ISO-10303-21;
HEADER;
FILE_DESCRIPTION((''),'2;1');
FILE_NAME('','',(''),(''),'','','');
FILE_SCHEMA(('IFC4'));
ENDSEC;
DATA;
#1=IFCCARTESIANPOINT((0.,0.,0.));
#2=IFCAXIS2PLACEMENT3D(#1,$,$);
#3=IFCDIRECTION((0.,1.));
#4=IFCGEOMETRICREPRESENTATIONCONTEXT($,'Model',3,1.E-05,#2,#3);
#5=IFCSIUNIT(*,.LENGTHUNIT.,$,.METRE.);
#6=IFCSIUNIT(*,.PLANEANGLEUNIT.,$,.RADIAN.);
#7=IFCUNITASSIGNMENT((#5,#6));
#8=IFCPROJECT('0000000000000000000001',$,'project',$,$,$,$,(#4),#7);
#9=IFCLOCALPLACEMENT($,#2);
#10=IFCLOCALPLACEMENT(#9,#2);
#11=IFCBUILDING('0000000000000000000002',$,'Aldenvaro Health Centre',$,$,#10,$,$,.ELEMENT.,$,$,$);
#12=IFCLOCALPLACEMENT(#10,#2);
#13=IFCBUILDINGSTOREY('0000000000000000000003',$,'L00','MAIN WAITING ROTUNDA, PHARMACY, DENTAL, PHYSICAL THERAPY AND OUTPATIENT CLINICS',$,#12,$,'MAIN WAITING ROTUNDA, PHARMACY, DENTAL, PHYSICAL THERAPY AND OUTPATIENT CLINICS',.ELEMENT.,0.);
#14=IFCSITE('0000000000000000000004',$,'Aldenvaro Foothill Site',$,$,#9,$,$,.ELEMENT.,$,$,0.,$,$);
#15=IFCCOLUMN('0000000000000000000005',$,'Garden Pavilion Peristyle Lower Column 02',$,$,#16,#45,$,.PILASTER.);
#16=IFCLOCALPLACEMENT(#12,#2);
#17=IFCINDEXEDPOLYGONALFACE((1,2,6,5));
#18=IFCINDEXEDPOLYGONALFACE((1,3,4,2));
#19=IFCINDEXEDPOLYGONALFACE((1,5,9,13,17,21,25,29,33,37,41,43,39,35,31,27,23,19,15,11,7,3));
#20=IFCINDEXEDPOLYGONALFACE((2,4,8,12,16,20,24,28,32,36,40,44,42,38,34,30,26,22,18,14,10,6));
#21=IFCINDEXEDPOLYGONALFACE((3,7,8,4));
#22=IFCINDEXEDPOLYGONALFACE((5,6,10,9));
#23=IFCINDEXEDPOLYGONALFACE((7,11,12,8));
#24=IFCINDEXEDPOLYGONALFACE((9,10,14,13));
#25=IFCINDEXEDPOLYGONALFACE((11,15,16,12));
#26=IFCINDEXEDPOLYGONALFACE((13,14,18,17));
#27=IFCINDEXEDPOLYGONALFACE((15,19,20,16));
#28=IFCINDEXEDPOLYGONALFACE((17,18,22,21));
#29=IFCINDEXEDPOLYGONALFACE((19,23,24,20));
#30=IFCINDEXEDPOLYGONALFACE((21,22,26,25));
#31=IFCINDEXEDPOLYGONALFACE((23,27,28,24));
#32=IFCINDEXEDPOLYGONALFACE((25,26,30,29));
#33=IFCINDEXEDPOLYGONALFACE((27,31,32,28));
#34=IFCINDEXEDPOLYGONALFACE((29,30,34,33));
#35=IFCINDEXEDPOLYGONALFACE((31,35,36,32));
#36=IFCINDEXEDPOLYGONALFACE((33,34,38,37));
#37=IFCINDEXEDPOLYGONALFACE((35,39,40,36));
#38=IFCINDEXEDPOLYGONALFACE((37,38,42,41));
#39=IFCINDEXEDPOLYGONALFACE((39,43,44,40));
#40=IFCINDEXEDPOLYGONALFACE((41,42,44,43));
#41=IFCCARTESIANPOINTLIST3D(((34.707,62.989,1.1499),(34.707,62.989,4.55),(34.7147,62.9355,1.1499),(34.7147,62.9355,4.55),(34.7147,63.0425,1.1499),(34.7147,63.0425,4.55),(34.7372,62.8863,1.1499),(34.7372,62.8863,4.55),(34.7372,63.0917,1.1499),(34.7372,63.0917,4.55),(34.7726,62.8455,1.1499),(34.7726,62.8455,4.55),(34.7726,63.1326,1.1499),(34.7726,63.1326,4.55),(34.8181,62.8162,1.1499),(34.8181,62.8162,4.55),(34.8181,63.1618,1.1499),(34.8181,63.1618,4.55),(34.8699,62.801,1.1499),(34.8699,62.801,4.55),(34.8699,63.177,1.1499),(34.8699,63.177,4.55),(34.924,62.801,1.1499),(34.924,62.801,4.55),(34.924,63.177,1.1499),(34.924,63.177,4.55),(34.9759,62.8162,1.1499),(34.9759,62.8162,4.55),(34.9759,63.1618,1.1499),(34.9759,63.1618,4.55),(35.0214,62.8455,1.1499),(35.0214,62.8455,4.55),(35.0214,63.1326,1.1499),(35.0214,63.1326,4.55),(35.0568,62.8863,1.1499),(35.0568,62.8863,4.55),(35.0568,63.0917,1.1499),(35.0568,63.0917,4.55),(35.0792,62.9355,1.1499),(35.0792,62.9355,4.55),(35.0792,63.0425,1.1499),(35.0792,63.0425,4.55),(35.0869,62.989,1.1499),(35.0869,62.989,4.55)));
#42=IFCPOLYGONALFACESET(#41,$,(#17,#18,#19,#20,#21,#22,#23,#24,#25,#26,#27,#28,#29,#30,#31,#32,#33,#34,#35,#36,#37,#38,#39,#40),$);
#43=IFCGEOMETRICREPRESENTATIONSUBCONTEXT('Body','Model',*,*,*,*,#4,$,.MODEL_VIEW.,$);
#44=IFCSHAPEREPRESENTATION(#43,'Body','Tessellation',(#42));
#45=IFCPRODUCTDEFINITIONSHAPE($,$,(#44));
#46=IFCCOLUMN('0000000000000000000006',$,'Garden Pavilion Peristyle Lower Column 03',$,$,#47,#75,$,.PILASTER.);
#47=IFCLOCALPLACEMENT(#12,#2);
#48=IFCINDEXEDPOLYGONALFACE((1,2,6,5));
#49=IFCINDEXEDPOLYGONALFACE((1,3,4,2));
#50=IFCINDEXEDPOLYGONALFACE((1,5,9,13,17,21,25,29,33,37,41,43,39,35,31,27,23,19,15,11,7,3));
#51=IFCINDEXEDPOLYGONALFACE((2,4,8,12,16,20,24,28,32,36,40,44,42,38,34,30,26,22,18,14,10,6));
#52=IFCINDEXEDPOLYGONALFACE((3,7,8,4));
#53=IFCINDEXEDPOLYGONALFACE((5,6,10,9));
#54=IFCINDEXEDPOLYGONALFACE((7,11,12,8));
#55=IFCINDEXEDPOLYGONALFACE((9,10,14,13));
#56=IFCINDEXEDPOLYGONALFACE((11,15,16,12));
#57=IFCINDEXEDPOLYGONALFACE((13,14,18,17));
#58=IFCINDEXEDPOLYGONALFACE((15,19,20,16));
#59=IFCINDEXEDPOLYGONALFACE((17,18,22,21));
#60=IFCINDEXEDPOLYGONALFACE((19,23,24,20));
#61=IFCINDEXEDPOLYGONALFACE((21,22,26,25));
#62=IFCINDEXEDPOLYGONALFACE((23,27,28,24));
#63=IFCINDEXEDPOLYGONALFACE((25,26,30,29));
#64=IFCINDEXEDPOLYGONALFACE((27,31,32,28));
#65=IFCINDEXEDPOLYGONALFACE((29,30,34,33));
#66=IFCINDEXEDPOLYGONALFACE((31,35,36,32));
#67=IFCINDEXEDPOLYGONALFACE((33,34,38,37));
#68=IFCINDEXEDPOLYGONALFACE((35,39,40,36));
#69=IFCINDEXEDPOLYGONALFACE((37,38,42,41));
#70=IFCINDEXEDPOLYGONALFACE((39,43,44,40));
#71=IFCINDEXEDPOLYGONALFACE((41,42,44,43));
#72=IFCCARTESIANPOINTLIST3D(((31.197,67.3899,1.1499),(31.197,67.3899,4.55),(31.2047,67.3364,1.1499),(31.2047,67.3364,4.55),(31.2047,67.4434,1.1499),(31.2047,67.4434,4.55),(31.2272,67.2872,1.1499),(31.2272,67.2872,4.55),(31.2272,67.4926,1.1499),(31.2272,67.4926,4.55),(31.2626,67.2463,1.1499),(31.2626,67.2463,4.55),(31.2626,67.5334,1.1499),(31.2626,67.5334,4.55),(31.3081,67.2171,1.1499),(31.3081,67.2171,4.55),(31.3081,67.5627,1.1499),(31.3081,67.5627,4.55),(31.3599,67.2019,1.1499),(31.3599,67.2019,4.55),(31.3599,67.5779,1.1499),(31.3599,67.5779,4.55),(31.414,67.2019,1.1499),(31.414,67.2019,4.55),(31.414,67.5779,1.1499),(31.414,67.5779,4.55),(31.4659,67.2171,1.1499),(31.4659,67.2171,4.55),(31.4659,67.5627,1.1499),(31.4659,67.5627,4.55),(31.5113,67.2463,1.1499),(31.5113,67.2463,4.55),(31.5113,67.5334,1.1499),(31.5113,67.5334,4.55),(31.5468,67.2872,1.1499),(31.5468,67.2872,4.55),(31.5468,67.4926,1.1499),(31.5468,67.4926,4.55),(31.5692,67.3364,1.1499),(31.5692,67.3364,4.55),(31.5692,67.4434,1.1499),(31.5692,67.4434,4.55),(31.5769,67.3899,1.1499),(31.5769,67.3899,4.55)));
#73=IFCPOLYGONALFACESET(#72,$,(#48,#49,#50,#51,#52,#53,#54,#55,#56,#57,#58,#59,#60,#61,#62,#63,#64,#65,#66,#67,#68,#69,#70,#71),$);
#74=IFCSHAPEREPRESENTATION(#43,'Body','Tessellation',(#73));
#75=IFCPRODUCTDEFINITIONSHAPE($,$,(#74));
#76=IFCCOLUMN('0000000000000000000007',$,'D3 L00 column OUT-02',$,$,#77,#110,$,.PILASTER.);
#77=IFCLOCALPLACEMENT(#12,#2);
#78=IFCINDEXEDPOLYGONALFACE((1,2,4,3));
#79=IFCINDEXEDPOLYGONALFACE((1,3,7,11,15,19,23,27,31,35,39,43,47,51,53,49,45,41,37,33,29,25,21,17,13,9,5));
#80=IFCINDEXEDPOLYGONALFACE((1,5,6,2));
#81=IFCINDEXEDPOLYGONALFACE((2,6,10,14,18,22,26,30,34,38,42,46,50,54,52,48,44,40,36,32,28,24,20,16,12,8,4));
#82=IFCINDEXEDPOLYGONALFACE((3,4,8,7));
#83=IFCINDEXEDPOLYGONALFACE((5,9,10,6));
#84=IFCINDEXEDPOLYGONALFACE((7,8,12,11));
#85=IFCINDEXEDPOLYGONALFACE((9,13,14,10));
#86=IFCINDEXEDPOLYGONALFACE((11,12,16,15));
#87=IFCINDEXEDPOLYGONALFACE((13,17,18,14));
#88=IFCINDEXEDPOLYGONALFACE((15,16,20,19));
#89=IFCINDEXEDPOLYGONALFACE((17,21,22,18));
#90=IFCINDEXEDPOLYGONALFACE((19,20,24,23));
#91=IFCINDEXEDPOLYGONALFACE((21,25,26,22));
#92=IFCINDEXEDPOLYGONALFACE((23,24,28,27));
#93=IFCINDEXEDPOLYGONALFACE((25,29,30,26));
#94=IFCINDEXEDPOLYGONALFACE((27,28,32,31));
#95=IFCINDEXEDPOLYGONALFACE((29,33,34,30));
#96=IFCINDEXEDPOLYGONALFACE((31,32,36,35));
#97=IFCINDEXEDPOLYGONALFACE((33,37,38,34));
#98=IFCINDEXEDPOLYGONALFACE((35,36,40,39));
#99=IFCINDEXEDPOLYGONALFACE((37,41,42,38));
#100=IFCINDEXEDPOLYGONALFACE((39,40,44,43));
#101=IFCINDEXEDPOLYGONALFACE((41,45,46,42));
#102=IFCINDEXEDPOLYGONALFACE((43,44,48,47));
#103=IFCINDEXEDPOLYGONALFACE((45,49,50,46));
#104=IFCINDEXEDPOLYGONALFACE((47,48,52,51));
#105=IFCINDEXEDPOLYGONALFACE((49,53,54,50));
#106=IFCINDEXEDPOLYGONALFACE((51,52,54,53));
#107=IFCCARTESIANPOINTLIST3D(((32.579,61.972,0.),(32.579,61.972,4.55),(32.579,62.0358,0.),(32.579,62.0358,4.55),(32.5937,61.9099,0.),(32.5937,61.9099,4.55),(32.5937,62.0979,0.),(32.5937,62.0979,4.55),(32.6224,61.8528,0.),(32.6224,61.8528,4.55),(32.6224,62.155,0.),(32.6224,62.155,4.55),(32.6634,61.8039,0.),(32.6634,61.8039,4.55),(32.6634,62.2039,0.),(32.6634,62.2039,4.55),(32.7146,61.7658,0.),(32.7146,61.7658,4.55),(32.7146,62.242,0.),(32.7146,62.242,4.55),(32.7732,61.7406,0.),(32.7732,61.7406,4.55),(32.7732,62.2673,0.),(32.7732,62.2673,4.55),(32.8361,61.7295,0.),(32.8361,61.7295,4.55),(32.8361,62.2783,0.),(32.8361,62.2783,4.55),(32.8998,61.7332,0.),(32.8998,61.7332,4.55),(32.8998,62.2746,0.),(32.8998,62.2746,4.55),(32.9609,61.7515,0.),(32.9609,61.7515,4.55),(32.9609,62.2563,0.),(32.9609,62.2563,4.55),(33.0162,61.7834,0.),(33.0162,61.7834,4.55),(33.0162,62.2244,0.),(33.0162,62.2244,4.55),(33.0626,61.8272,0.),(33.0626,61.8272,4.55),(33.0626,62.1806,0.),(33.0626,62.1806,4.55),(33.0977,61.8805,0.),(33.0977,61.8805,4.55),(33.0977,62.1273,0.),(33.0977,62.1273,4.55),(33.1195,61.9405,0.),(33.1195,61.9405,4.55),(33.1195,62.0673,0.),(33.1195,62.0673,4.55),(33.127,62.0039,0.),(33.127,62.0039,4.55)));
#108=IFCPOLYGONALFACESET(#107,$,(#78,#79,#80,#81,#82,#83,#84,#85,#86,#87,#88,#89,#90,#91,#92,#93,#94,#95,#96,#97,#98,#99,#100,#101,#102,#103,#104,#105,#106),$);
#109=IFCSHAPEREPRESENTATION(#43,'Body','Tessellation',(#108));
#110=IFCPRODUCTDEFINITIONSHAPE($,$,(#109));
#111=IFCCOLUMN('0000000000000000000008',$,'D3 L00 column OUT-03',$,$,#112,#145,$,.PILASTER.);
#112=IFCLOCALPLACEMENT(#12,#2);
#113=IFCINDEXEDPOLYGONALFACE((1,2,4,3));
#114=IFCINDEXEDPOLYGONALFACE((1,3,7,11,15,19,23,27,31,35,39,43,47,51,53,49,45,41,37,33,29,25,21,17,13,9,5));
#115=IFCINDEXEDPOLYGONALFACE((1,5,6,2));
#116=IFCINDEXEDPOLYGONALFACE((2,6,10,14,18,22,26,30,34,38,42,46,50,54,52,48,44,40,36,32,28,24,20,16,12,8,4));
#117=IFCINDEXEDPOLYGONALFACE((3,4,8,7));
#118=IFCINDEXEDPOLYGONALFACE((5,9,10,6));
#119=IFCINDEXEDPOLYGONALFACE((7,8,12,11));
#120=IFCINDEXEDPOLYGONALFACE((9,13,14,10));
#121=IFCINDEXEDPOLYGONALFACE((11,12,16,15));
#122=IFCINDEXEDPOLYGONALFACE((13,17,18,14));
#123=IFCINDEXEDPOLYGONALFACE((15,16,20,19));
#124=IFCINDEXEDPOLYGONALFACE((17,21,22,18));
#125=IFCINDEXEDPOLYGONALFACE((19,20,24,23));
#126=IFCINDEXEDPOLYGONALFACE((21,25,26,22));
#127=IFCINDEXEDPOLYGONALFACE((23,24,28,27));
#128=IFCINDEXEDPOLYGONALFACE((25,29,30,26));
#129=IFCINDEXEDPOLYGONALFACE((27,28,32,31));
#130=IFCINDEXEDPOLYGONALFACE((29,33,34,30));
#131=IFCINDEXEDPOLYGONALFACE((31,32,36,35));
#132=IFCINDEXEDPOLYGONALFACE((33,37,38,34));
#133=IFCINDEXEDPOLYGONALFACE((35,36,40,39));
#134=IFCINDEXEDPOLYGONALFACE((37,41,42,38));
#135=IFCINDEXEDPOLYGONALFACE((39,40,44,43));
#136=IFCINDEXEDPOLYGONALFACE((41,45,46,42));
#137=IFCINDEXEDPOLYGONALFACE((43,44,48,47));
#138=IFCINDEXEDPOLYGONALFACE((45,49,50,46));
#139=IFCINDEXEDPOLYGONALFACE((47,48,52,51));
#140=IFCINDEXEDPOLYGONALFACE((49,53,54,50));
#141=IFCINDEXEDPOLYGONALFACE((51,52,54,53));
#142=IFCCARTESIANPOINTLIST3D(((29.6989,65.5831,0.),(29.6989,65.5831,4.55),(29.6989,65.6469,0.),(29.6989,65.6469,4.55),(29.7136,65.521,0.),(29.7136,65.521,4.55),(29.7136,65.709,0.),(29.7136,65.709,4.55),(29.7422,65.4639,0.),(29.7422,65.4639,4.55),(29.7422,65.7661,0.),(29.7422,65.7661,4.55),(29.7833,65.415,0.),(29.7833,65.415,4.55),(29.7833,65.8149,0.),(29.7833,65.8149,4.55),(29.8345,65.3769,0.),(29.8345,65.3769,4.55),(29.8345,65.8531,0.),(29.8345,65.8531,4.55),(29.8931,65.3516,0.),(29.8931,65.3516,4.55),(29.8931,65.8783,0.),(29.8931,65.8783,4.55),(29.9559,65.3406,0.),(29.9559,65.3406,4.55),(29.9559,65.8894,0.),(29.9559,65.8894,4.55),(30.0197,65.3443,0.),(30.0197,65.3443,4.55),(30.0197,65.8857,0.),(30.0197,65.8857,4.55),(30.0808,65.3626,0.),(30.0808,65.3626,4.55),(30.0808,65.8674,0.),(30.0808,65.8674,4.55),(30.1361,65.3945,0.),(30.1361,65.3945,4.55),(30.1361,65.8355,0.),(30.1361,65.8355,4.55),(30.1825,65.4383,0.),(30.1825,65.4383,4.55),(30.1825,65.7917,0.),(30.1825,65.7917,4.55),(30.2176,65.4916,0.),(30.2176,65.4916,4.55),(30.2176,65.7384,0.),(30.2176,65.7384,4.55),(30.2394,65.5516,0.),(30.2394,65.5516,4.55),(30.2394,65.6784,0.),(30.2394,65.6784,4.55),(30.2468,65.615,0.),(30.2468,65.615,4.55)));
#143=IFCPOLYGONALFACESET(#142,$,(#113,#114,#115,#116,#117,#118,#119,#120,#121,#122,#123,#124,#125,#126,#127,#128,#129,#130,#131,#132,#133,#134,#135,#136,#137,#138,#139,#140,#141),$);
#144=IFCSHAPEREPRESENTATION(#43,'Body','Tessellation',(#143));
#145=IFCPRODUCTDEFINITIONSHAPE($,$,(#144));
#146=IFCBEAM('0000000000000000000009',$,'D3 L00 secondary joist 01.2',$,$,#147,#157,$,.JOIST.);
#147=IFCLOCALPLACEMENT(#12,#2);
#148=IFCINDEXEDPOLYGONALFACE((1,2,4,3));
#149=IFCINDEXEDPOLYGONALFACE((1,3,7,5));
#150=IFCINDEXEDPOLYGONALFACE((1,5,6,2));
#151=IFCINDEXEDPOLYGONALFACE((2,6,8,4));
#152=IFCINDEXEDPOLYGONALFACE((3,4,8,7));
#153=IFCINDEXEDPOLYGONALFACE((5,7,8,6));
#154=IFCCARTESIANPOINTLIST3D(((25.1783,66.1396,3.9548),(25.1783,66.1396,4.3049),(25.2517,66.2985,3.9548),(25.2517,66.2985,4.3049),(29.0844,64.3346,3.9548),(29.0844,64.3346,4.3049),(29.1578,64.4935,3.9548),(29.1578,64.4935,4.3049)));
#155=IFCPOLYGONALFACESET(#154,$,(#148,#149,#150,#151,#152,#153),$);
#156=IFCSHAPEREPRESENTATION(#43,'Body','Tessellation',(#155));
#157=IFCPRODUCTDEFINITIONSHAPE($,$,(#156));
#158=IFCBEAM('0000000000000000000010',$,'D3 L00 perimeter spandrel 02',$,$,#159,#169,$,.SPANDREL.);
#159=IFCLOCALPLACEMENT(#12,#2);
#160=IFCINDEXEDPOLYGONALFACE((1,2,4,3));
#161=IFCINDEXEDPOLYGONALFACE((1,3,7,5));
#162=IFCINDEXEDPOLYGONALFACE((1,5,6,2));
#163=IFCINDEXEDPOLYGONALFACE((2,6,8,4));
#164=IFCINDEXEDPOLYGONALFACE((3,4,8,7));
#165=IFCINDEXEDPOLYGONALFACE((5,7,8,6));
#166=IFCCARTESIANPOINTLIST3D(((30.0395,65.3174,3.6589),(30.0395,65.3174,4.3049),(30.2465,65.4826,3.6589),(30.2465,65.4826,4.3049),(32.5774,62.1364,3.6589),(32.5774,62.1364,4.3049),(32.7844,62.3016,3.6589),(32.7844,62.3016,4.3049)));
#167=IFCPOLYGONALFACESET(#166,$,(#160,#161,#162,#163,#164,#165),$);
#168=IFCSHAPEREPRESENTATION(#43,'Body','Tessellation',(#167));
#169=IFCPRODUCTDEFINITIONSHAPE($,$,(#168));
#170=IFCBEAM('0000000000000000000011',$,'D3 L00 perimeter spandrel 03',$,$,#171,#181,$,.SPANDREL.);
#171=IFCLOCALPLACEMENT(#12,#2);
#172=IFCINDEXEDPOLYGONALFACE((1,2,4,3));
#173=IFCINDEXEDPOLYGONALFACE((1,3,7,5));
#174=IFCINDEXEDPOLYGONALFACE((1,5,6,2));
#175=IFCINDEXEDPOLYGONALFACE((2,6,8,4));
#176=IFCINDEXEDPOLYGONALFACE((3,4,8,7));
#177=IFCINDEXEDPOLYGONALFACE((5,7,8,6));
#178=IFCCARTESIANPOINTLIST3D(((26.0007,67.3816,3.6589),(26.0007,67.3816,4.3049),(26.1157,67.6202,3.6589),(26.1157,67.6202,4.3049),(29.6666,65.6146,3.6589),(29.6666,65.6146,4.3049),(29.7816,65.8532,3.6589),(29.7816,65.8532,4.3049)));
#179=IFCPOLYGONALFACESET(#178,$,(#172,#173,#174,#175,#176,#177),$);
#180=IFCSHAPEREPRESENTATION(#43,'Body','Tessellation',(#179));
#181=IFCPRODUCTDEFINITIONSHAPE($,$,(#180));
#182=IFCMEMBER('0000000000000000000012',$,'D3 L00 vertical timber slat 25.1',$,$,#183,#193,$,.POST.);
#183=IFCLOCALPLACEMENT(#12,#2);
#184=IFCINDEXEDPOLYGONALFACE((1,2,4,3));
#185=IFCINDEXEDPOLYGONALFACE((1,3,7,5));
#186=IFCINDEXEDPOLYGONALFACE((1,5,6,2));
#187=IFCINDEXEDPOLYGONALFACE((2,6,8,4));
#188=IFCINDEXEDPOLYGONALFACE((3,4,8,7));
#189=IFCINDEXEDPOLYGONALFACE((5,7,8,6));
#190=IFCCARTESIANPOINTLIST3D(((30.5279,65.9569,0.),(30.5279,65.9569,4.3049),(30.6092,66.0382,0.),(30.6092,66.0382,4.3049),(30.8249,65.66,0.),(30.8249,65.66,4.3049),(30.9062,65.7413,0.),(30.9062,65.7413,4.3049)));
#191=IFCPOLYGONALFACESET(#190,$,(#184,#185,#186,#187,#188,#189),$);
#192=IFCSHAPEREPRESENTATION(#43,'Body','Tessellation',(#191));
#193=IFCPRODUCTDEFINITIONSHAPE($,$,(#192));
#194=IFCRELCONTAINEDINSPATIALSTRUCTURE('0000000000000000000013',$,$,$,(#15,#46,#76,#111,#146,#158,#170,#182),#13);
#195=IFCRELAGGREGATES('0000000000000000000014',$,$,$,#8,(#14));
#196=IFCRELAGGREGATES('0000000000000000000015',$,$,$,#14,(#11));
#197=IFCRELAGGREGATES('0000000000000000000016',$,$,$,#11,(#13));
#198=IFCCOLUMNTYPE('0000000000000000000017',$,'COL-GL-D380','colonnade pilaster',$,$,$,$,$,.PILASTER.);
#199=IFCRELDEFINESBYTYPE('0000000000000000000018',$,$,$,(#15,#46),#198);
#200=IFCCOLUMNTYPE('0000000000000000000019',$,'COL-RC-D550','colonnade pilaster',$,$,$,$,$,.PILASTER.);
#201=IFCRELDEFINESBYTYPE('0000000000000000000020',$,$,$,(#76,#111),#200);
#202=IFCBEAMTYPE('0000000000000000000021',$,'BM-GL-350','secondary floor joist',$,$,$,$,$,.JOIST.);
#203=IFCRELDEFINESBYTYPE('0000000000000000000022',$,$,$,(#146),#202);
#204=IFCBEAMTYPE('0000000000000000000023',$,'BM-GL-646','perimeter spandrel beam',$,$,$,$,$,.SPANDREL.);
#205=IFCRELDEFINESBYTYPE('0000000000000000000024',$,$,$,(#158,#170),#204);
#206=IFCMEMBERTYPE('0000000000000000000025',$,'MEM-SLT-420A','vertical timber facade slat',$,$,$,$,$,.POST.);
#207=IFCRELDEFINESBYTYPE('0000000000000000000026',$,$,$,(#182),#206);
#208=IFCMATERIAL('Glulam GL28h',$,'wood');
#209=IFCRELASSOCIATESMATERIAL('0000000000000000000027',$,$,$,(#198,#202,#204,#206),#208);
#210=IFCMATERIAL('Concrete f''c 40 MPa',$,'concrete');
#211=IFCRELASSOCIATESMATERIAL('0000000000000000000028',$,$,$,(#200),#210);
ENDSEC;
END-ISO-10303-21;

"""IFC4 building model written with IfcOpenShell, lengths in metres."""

from ifc_helpers import new_model, si_unit, direction, frame, origin, origin_2d, place, context, subcontext, project, spatial, rectangle, circle, extrude, material, material_profile, profile_set, type_object, element, save


model = new_model("IFC4")

# Units and contexts
model_context = context("Model", 3, precision=1e-05, world=origin(), true_north=direction((0.0, 1.0)))
body_context = subcontext(model_context, "Body", "Model", "MODEL_VIEW")
ifc_project = project(units=[si_unit("LENGTHUNIT", "METRE"), si_unit("PLANEANGLEUNIT", "RADIAN")], contexts=[model_context])

# Site, building, storey
site_placement = place(None, origin())
site = spatial("IfcSite", under=ifc_project, at=site_placement, Name="Aldenvaro Foothill Site", CompositionType="ELEMENT", RefElevation=0.0)
building_placement = place(site_placement, origin())
building = spatial("IfcBuilding", under=site, at=building_placement, Name="Aldenvaro Health Centre", CompositionType="ELEMENT")
storey_placement = place(building_placement, origin())
storey = spatial("IfcBuildingStorey", under=building, at=storey_placement, Name="L00", Description="MAIN WAITING ROTUNDA, PHARMACY, DENTAL, PHYSICAL THERAPY AND OUTPATIENT CLINICS", LongName="MAIN WAITING ROTUNDA, PHARMACY, DENTAL, PHYSICAL THERAPY AND OUTPATIENT CLINICS", CompositionType="ELEMENT", Elevation=0.0)

# Columns
ifc_material_1 = material(Name="Glulam GL28h", Category="wood")
ifc_material_profile_1 = material_profile(ifc_material_1, circle(Radius=0.1899, at=origin_2d()), Name="GL D380", Category="wood")
ifc_profile_set_1 = profile_set([ifc_material_profile_1], Name="Glulam GL28h")
column_type_1 = type_object("IfcColumnType", Name="COL-GL-D380", Description="colonnade pilaster", PredefinedType="PILASTER", material=ifc_profile_set_1)
for number, where, z_axis, x_axis, name in (
    (1, (34.897, 62.989, 1.1499), (0.0, 0.0, 1.0), (1.0, 0.0, 0.0), "Garden Pavilion Peristyle Lower Column 02"),
    (2, (31.387, 67.3899, 1.1499), (0.0, 0.0, 1.0), (1.0, 0.0, 0.0), "Garden Pavilion Peristyle Lower Column 03"),
):
    element("IfcColumn", number, at=place(storey_placement, frame(where, z_axis=z_axis, x_axis=x_axis)), inside=storey, type_object=column_type_1, Name=name, PredefinedType="PILASTER", context=body_context, shape_type="SweptSolid", body=[
        extrude(circle(Radius=0.1899, at=origin_2d()), origin(), (0.0, 0.0, 1.0), 3.4001),
    ])
ifc_material_2 = material(Name="Concrete f'c 40 MPa", Category="concrete")
ifc_material_profile_2 = material_profile(ifc_material_2, circle(Radius=0.2749, at=origin_2d()), Name="RC D550", Category="concrete")
ifc_profile_set_2 = profile_set([ifc_material_profile_2], Name="Concrete f'c 40 MPa")
column_type_2 = type_object("IfcColumnType", Name="COL-RC-D550", Description="colonnade pilaster", PredefinedType="PILASTER", material=ifc_profile_set_2)
for number, where, z_axis, x_axis, name in (
    (3, (32.8521, 62.0039, 0.0), (0.0, 0.0, 1.0), (1.0, 0.0, 0.0), "D3 L00 column OUT-02"),
    (4, (29.9719, 65.615, 0.0), (0.0, 0.0, 1.0), (1.0, 0.0, 0.0), "D3 L00 column OUT-03"),
):
    element("IfcColumn", number, at=place(storey_placement, frame(where, z_axis=z_axis, x_axis=x_axis)), inside=storey, type_object=column_type_2, Name=name, PredefinedType="PILASTER", context=body_context, shape_type="SweptSolid", body=[
        extrude(circle(Radius=0.2749, at=origin_2d()), origin(), (0.0, 0.0, 1.0), 4.55),
    ])

# Beams
ifc_material_profile_3 = material_profile(ifc_material_1, rectangle(XDim=0.175, YDim=0.3501, at=origin_2d()), Name="GL 175x350", Category="wood")
ifc_profile_set_3 = profile_set([ifc_material_profile_3], Name="Glulam GL28h")
beam_type_1 = type_object("IfcBeamType", Name="BM-GL-350", Description="secondary floor joist", PredefinedType="JOIST", material=ifc_profile_set_3)
beam_1_placement = place(storey_placement, frame((29.1211, 64.4141, 4.1299), z_axis=(-0.907768, 0.419472, 0.0), x_axis=(-0.419472, -0.907768, 0.0)))
element("IfcBeam", 5, at=beam_1_placement, inside=storey, type_object=beam_type_1, Name="D3 L00 secondary joist 01.2", PredefinedType="JOIST", context=body_context, shape_type="SweptSolid", body=[
    extrude(rectangle(XDim=0.175, YDim=0.3501, at=origin_2d()), origin(), (0.0, 0.0, 1.0), 4.303),
])
ifc_material_profile_4 = material_profile(ifc_material_1, rectangle(XDim=0.2649, YDim=0.646, at=origin_2d()), Name="GL 265x646", Category="wood")
ifc_profile_set_4 = profile_set([ifc_material_profile_4], Name="Glulam GL28h")
beam_type_2 = type_object("IfcBeamType", Name="BM-GL-646", Description="perimeter spandrel beam", PredefinedType="SPANDREL", material=ifc_profile_set_4)
beam_2_placement = place(storey_placement, frame((32.6809, 62.219, 3.9819), z_axis=(-0.623663, 0.781693, 0.0), x_axis=(-0.781693, -0.623663, 0.0)))
element("IfcBeam", 6, at=beam_2_placement, inside=storey, type_object=beam_type_2, Name="D3 L00 perimeter spandrel 02", PredefinedType="SPANDREL", context=body_context, shape_type="SweptSolid", body=[
    extrude(rectangle(XDim=0.2649, YDim=0.646, at=origin_2d()), origin(), (0.0, 0.0, 1.0), 4.0693),
])
beam_3_placement = place(storey_placement, frame((29.7241, 65.7339, 3.9819), z_axis=(-0.900812, 0.434209, 0.0), x_axis=(-0.434209, -0.900812, 0.0)))
element("IfcBeam", 7, at=beam_3_placement, inside=storey, type_object=beam_type_2, Name="D3 L00 perimeter spandrel 03", PredefinedType="SPANDREL", context=body_context, shape_type="SweptSolid", body=[
    extrude(rectangle(XDim=0.2649, YDim=0.646, at=origin_2d()), origin(), (0.0, 0.0, 1.0), 4.0696),
])

# Member
ifc_material_profile_5 = material_profile(ifc_material_1, rectangle(XDim=0.115, YDim=0.4199, at=origin_2d()), Name="GL 115x420", Category="wood")
ifc_profile_set_5 = profile_set([ifc_material_profile_5], Name="Glulam GL28h")
member_type_1 = type_object("IfcMemberType", Name="MEM-SLT-420A", Description="vertical timber facade slat", PredefinedType="POST", material=ifc_profile_set_5)
for number, where, z_axis, x_axis, name in (
    (8, (30.717, 65.8491, 0.0), (0.0, 0.0, 1.0), (0.707107, 0.707107, 0.0), "D3 L00 vertical timber slat 25.1"),
):
    element("IfcMember", number, at=place(storey_placement, frame(where, z_axis=z_axis, x_axis=x_axis)), inside=storey, type_object=member_type_1, Name=name, PredefinedType="POST", context=body_context, shape_type="SweptSolid", body=[
        extrude(rectangle(XDim=0.115, YDim=0.4199, at=origin_2d()), origin(), (0.0, 0.0, 1.0), 4.3049),
    ])

save(model, "model.ifc")
